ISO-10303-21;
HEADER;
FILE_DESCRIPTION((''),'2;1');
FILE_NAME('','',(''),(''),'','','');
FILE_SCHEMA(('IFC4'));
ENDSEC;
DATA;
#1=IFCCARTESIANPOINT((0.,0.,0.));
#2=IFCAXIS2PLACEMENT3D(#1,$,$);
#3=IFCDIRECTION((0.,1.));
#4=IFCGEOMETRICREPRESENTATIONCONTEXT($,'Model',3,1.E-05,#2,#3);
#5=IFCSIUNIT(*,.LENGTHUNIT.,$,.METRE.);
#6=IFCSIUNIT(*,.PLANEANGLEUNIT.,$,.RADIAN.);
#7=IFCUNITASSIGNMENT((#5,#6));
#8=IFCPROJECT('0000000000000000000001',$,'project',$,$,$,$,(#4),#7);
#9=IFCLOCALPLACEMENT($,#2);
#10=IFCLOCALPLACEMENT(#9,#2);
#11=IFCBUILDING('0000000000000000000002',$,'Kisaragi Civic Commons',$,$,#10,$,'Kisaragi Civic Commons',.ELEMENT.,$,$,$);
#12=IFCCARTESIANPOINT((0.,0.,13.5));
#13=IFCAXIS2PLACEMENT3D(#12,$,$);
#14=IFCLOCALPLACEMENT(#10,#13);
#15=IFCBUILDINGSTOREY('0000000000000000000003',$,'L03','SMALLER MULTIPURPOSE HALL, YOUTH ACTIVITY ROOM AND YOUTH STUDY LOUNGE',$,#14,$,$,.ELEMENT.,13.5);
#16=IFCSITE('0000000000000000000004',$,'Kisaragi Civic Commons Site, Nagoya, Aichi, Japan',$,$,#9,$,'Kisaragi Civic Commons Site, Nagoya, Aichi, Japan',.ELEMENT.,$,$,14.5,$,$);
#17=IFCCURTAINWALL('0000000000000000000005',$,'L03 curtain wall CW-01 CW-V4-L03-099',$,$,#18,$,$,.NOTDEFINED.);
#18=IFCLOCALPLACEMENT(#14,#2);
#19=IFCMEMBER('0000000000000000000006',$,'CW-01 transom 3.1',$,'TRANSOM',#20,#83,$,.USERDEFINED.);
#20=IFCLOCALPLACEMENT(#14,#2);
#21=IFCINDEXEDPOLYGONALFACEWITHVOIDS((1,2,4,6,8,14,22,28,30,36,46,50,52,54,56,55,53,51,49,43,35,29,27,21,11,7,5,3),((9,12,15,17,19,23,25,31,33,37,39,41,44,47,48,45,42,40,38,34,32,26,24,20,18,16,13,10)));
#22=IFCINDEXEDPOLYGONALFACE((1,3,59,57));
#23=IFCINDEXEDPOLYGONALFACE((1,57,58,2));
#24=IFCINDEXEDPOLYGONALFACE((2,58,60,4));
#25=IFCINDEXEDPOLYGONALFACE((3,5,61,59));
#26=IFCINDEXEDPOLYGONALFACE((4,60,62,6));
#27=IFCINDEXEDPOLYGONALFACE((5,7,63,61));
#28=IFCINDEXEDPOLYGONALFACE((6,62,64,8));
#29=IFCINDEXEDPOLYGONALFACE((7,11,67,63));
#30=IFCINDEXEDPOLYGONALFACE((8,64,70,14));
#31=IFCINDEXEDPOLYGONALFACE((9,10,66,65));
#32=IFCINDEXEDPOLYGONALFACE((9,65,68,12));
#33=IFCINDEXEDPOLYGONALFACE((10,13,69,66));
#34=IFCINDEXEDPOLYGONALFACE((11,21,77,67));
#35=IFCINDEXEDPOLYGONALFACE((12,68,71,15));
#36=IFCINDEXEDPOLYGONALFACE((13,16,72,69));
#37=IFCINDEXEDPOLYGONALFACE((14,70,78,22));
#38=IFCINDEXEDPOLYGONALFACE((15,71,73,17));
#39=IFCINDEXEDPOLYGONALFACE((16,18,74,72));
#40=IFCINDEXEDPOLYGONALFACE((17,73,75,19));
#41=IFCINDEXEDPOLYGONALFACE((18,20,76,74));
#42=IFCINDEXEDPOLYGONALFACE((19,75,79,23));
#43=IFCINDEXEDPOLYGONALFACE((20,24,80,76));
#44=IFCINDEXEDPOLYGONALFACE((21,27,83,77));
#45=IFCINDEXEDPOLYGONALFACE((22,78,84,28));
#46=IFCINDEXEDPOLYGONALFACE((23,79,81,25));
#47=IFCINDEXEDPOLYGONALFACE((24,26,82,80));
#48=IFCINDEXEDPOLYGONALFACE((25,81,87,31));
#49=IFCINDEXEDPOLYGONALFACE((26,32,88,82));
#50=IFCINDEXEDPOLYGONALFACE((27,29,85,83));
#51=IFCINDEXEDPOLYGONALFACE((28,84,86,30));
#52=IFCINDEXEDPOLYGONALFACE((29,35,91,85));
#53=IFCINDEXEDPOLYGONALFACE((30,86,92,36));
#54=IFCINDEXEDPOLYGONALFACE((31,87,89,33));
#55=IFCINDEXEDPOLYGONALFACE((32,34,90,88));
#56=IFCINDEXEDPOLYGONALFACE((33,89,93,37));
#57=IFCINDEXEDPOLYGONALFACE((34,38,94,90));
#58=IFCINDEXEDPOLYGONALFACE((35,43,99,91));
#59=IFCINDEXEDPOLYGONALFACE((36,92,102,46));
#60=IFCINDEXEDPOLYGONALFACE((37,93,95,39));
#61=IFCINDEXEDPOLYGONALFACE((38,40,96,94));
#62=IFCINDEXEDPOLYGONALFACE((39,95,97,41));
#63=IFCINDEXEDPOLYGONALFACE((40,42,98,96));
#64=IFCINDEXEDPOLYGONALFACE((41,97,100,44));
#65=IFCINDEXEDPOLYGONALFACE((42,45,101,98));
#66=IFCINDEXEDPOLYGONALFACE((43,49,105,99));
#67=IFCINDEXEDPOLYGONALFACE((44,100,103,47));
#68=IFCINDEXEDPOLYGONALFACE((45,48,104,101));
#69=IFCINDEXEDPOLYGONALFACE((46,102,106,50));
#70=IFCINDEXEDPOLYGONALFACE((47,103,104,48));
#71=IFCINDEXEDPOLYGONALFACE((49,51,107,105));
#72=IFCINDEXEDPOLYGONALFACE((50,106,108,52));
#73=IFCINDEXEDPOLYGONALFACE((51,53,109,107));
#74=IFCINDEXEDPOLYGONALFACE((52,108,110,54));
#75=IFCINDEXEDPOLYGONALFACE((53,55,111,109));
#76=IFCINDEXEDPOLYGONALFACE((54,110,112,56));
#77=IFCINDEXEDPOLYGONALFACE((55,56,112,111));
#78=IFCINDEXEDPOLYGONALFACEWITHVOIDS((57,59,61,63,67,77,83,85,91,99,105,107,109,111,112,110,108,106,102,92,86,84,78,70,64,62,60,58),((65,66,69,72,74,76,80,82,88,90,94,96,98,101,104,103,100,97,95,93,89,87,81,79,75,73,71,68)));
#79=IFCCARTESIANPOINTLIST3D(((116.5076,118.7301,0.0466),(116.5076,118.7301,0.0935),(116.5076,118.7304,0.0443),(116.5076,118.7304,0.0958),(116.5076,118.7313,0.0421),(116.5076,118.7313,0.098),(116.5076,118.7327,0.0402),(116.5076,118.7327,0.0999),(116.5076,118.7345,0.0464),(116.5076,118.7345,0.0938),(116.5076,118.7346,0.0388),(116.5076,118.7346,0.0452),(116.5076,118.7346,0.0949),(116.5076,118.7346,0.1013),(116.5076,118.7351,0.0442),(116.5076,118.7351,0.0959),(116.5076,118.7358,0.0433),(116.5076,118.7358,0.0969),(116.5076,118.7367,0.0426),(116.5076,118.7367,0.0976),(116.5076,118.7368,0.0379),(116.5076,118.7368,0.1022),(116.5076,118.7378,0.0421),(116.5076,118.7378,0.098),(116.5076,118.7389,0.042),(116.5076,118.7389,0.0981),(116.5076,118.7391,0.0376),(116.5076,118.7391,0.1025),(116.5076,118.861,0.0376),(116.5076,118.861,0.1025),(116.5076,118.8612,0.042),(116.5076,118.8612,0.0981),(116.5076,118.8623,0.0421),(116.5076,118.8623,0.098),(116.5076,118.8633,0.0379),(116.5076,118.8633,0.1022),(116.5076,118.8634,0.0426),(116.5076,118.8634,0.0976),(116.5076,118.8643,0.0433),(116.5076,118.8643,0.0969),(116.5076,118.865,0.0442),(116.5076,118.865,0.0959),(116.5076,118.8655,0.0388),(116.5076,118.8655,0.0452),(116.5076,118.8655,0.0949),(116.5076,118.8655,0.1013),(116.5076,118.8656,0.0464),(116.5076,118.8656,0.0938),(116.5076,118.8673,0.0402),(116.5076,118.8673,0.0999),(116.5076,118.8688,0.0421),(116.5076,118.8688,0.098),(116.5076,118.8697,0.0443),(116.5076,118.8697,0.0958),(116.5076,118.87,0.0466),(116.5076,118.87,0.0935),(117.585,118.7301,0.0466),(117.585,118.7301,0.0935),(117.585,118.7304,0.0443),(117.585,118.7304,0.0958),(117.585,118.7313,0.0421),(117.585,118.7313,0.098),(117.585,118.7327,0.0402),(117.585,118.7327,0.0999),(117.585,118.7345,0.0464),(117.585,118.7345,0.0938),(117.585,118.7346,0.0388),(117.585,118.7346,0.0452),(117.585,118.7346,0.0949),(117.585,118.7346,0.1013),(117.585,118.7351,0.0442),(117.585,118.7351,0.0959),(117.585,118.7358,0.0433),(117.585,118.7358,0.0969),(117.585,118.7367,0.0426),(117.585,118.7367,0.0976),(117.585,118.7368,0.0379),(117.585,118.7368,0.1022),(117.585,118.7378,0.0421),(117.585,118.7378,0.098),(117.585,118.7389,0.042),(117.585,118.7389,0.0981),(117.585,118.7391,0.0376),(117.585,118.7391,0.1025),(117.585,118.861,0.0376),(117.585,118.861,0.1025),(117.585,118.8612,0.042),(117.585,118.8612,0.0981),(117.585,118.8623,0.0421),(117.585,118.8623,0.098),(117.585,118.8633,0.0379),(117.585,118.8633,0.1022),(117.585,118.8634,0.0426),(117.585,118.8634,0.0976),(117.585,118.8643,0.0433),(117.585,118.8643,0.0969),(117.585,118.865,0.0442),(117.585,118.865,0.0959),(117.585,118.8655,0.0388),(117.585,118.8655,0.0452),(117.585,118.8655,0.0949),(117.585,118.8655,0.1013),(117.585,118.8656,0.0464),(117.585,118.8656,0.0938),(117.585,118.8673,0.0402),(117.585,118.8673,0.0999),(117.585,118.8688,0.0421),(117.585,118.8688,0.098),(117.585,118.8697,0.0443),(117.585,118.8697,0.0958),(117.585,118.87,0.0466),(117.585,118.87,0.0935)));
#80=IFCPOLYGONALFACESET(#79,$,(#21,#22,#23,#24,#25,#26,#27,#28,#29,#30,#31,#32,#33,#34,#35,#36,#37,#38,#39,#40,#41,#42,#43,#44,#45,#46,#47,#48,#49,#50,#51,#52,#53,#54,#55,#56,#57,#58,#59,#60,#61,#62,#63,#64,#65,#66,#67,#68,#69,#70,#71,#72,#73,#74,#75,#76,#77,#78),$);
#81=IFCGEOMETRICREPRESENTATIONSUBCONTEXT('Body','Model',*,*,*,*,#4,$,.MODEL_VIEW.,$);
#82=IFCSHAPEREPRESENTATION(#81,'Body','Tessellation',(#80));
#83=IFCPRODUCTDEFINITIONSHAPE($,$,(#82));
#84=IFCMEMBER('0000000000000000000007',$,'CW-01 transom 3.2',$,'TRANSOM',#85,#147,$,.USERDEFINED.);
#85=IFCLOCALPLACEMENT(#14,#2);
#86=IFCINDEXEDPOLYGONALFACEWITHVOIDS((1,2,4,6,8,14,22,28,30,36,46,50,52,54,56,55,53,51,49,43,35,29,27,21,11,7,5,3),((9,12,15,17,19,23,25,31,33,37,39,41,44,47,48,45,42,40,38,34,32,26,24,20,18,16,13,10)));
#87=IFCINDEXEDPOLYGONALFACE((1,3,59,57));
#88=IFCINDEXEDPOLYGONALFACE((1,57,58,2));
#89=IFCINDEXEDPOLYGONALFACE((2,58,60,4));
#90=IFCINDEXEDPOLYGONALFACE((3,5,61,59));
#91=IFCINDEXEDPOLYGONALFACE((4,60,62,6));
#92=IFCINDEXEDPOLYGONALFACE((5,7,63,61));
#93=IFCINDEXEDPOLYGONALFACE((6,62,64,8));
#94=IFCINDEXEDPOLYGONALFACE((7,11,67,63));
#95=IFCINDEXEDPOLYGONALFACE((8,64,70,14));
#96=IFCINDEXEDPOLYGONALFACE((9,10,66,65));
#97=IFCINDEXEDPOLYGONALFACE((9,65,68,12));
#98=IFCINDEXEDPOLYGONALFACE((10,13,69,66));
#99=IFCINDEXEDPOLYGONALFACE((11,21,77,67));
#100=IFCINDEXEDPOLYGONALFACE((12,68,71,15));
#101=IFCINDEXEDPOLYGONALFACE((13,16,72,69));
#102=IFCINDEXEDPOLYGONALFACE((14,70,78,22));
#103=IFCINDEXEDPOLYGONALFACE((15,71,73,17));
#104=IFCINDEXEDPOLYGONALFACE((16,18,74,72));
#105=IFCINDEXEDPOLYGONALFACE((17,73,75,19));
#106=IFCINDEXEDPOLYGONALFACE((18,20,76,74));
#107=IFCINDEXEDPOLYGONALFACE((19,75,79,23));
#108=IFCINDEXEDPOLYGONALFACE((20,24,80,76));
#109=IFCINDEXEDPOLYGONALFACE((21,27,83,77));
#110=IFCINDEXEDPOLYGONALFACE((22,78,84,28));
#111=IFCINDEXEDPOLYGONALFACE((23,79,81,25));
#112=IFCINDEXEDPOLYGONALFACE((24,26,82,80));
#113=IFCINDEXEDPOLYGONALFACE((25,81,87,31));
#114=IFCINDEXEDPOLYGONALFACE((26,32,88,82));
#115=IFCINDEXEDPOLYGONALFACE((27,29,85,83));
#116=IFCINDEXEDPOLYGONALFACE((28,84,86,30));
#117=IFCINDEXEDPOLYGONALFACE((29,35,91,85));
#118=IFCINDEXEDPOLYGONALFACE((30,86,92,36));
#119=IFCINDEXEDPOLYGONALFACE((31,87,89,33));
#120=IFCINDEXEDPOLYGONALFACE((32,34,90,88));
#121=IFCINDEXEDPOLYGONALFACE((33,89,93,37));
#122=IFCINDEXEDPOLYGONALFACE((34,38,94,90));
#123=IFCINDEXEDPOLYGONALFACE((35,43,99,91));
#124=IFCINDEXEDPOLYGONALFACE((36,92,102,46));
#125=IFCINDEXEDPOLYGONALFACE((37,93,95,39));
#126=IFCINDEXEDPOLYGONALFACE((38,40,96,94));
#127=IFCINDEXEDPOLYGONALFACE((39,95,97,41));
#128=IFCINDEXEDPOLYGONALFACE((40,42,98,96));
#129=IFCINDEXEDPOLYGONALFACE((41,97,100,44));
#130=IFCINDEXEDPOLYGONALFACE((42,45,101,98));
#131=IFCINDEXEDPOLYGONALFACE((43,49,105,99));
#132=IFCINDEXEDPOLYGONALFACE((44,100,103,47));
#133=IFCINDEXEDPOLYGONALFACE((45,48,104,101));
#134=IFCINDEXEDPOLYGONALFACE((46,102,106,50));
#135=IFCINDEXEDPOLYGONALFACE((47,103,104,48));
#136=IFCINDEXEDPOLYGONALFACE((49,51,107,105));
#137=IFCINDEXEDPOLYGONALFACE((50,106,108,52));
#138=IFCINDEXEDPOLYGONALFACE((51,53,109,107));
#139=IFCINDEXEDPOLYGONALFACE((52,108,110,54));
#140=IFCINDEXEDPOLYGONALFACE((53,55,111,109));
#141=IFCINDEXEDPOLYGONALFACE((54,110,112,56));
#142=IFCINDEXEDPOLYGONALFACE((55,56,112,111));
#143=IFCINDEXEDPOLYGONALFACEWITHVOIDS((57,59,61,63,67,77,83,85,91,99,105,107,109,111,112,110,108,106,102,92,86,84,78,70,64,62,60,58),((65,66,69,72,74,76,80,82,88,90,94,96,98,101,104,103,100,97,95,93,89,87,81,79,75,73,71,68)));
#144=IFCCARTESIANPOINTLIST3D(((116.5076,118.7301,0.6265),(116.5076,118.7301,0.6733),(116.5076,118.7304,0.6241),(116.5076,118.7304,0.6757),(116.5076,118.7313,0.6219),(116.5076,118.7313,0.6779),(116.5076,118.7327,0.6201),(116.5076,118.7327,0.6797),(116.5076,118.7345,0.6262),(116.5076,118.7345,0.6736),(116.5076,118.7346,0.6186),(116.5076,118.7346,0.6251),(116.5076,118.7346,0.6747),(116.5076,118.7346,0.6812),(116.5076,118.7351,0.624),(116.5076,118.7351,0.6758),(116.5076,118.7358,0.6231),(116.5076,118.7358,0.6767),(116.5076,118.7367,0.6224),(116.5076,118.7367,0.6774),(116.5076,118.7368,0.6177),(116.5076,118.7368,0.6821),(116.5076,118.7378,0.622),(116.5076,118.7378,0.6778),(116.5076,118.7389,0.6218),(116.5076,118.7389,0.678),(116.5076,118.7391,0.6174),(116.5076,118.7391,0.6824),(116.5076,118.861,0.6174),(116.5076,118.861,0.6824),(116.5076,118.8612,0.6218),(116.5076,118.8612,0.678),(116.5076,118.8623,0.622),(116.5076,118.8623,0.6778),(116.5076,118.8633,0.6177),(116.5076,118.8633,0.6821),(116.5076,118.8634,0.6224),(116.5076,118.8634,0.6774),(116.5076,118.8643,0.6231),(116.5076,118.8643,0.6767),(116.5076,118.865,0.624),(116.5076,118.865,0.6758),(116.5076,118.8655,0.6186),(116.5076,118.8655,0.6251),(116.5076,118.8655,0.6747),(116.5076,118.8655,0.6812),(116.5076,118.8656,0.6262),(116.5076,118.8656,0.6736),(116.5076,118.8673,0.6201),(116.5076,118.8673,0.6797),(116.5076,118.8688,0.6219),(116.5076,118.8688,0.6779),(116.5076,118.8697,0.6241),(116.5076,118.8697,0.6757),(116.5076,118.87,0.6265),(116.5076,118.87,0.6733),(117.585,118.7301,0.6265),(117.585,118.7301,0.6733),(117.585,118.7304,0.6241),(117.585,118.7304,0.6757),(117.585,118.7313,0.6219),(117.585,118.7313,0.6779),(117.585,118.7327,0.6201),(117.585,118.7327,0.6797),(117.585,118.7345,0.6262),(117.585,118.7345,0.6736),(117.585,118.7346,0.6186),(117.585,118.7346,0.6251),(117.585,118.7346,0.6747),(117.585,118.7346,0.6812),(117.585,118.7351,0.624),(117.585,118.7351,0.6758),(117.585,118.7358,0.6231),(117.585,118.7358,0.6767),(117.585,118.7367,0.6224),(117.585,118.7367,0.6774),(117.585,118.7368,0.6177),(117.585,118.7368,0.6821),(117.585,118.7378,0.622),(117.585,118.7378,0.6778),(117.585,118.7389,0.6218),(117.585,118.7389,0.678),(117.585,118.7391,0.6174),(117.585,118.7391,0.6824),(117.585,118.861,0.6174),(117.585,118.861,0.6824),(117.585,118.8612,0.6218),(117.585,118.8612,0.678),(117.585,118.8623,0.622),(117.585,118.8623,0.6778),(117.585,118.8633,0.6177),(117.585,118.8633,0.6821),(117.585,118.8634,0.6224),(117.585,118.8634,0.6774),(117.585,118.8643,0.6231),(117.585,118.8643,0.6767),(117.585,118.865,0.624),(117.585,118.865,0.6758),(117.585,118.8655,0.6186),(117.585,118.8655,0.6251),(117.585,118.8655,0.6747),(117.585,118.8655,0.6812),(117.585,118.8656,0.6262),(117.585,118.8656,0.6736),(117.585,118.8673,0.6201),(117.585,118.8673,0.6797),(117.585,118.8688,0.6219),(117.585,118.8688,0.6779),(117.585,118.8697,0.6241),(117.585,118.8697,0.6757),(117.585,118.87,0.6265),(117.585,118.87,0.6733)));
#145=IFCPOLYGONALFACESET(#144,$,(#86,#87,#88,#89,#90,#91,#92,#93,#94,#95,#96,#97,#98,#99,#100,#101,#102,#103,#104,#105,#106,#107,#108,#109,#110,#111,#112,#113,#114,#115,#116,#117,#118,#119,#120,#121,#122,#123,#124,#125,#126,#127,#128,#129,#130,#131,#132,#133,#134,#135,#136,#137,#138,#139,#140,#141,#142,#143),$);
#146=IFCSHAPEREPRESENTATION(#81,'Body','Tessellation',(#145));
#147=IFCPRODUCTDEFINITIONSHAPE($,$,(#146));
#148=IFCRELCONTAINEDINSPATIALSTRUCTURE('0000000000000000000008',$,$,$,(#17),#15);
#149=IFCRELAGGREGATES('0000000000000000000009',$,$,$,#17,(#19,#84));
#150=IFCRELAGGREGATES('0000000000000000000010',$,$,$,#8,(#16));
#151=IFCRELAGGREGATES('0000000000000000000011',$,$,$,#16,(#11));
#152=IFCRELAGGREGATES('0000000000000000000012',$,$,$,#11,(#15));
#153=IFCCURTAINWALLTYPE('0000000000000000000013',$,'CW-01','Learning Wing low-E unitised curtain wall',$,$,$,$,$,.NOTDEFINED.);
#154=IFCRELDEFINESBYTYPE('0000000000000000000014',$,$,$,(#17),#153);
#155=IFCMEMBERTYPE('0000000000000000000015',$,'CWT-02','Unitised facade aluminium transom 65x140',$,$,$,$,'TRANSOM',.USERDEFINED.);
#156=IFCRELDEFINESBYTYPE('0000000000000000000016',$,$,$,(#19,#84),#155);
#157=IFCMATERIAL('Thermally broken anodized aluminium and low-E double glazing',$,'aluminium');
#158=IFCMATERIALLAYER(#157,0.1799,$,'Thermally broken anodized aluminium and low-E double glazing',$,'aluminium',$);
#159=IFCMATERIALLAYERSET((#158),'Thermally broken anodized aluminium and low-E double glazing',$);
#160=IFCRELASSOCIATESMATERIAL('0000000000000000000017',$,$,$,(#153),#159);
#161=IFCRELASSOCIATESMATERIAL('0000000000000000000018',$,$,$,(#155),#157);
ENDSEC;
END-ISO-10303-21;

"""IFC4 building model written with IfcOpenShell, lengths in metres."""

from ifc_helpers import new_model, si_unit, direction, frame, origin, origin_2d, place, context, subcontext, project, spatial, hollow_rectangle, extrude, material, layer, layer_set, material_profile, profile_set, type_object, element, aggregate, save


model = new_model("IFC4")

# Units and contexts
model_context = context("Model", 3, precision=1e-05, world=origin(), true_north=direction((0.0, 1.0)))
body_context = subcontext(model_context, "Body", "Model", "MODEL_VIEW")
ifc_project = project(units=[si_unit("LENGTHUNIT", "METRE"), si_unit("PLANEANGLEUNIT", "RADIAN")], contexts=[model_context])

# Site, building, storey
site_placement = place(None, origin())
site = spatial("IfcSite", under=ifc_project, at=site_placement, Name="Kisaragi Civic Commons Site, Nagoya, Aichi, Japan", LongName="Kisaragi Civic Commons Site, Nagoya, Aichi, Japan", CompositionType="ELEMENT", RefElevation=14.5)
building_placement = place(site_placement, origin())
building = spatial("IfcBuilding", under=site, at=building_placement, Name="Kisaragi Civic Commons", LongName="Kisaragi Civic Commons", CompositionType="ELEMENT")
storey_placement = place(building_placement, frame((0.0, 0.0, 13.5)))
storey = spatial("IfcBuildingStorey", under=building, at=storey_placement, Name="L03", Description="SMALLER MULTIPURPOSE HALL, YOUTH ACTIVITY ROOM AND YOUTH STUDY LOUNGE", CompositionType="ELEMENT", Elevation=13.5)

# Curtain wall
ifc_material = material(Name="Thermally broken anodized aluminium and low-E double glazing", Category="aluminium")
ifc_layer_1 = layer(ifc_material, 0.1799, Name="Thermally broken anodized aluminium and low-E double glazing", Category="aluminium")
ifc_layer_set_1 = layer_set([ifc_layer_1], Name="Thermally broken anodized aluminium and low-E double glazing")
curtain_wall_type = type_object("IfcCurtainWallType", Name="CW-01", Description="Learning Wing low-E unitised curtain wall", PredefinedType="NOTDEFINED", material=ifc_layer_set_1)
curtain_wall_1_placement = place(storey_placement, origin())
curtain_wall_1 = element("IfcCurtainWall", 1, at=curtain_wall_1_placement, inside=storey, type_object=curtain_wall_type, Name="L03 curtain wall CW-01 CW-V4-L03-099", PredefinedType="NOTDEFINED")

# Members
ifc_material_profile_1 = material_profile(ifc_material, hollow_rectangle(XDim=0.1399, YDim=0.0649, WallThickness=0.0044, InnerFilletRadius=0.0044, OuterFilletRadius=0.009, at=origin_2d()), Name="CWT-65x140x4.5", Category="aluminium")
ifc_profile_set_1 = profile_set([ifc_material_profile_1], Name="Thermally broken anodized aluminium and low-E double glazing")
member_type_1 = type_object("IfcMemberType", Name="CWT-02", Description="Unitised facade aluminium transom 65x140", ElementType="TRANSOM", PredefinedType="USERDEFINED", material=ifc_profile_set_1)
member_1_placement = place(storey_placement, frame((116.5076, 118.8, 0.0701), z_axis=(1.0, 0.0, 0.0), x_axis=(0.0, 1.0, 0.0)))
member_1 = element("IfcMember", 2, at=member_1_placement, type_object=member_type_1, Name="CW-01 transom 3.1", ObjectType="TRANSOM", PredefinedType="USERDEFINED", context=body_context, shape_type="SweptSolid", body=[
    extrude(hollow_rectangle(XDim=0.1399, YDim=0.0649, WallThickness=0.0044, InnerFilletRadius=0.0044, OuterFilletRadius=0.009, at=origin_2d()), origin(), (0.0, 0.0, 1.0), 1.0774),
])
member_2_placement = place(storey_placement, frame((116.5076, 118.8, 0.6499), z_axis=(1.0, 0.0, 0.0), x_axis=(0.0, 1.0, 0.0)))
member_2 = element("IfcMember", 3, at=member_2_placement, type_object=member_type_1, Name="CW-01 transom 3.2", ObjectType="TRANSOM", PredefinedType="USERDEFINED", context=body_context, shape_type="SweptSolid", body=[
    extrude(hollow_rectangle(XDim=0.1399, YDim=0.0649, WallThickness=0.0044, InnerFilletRadius=0.0044, OuterFilletRadius=0.009, at=origin_2d()), origin(), (0.0, 0.0, 1.0), 1.0774),
])

aggregate(curtain_wall_1, [member_1, member_2])

save(model, "model.ifc")
